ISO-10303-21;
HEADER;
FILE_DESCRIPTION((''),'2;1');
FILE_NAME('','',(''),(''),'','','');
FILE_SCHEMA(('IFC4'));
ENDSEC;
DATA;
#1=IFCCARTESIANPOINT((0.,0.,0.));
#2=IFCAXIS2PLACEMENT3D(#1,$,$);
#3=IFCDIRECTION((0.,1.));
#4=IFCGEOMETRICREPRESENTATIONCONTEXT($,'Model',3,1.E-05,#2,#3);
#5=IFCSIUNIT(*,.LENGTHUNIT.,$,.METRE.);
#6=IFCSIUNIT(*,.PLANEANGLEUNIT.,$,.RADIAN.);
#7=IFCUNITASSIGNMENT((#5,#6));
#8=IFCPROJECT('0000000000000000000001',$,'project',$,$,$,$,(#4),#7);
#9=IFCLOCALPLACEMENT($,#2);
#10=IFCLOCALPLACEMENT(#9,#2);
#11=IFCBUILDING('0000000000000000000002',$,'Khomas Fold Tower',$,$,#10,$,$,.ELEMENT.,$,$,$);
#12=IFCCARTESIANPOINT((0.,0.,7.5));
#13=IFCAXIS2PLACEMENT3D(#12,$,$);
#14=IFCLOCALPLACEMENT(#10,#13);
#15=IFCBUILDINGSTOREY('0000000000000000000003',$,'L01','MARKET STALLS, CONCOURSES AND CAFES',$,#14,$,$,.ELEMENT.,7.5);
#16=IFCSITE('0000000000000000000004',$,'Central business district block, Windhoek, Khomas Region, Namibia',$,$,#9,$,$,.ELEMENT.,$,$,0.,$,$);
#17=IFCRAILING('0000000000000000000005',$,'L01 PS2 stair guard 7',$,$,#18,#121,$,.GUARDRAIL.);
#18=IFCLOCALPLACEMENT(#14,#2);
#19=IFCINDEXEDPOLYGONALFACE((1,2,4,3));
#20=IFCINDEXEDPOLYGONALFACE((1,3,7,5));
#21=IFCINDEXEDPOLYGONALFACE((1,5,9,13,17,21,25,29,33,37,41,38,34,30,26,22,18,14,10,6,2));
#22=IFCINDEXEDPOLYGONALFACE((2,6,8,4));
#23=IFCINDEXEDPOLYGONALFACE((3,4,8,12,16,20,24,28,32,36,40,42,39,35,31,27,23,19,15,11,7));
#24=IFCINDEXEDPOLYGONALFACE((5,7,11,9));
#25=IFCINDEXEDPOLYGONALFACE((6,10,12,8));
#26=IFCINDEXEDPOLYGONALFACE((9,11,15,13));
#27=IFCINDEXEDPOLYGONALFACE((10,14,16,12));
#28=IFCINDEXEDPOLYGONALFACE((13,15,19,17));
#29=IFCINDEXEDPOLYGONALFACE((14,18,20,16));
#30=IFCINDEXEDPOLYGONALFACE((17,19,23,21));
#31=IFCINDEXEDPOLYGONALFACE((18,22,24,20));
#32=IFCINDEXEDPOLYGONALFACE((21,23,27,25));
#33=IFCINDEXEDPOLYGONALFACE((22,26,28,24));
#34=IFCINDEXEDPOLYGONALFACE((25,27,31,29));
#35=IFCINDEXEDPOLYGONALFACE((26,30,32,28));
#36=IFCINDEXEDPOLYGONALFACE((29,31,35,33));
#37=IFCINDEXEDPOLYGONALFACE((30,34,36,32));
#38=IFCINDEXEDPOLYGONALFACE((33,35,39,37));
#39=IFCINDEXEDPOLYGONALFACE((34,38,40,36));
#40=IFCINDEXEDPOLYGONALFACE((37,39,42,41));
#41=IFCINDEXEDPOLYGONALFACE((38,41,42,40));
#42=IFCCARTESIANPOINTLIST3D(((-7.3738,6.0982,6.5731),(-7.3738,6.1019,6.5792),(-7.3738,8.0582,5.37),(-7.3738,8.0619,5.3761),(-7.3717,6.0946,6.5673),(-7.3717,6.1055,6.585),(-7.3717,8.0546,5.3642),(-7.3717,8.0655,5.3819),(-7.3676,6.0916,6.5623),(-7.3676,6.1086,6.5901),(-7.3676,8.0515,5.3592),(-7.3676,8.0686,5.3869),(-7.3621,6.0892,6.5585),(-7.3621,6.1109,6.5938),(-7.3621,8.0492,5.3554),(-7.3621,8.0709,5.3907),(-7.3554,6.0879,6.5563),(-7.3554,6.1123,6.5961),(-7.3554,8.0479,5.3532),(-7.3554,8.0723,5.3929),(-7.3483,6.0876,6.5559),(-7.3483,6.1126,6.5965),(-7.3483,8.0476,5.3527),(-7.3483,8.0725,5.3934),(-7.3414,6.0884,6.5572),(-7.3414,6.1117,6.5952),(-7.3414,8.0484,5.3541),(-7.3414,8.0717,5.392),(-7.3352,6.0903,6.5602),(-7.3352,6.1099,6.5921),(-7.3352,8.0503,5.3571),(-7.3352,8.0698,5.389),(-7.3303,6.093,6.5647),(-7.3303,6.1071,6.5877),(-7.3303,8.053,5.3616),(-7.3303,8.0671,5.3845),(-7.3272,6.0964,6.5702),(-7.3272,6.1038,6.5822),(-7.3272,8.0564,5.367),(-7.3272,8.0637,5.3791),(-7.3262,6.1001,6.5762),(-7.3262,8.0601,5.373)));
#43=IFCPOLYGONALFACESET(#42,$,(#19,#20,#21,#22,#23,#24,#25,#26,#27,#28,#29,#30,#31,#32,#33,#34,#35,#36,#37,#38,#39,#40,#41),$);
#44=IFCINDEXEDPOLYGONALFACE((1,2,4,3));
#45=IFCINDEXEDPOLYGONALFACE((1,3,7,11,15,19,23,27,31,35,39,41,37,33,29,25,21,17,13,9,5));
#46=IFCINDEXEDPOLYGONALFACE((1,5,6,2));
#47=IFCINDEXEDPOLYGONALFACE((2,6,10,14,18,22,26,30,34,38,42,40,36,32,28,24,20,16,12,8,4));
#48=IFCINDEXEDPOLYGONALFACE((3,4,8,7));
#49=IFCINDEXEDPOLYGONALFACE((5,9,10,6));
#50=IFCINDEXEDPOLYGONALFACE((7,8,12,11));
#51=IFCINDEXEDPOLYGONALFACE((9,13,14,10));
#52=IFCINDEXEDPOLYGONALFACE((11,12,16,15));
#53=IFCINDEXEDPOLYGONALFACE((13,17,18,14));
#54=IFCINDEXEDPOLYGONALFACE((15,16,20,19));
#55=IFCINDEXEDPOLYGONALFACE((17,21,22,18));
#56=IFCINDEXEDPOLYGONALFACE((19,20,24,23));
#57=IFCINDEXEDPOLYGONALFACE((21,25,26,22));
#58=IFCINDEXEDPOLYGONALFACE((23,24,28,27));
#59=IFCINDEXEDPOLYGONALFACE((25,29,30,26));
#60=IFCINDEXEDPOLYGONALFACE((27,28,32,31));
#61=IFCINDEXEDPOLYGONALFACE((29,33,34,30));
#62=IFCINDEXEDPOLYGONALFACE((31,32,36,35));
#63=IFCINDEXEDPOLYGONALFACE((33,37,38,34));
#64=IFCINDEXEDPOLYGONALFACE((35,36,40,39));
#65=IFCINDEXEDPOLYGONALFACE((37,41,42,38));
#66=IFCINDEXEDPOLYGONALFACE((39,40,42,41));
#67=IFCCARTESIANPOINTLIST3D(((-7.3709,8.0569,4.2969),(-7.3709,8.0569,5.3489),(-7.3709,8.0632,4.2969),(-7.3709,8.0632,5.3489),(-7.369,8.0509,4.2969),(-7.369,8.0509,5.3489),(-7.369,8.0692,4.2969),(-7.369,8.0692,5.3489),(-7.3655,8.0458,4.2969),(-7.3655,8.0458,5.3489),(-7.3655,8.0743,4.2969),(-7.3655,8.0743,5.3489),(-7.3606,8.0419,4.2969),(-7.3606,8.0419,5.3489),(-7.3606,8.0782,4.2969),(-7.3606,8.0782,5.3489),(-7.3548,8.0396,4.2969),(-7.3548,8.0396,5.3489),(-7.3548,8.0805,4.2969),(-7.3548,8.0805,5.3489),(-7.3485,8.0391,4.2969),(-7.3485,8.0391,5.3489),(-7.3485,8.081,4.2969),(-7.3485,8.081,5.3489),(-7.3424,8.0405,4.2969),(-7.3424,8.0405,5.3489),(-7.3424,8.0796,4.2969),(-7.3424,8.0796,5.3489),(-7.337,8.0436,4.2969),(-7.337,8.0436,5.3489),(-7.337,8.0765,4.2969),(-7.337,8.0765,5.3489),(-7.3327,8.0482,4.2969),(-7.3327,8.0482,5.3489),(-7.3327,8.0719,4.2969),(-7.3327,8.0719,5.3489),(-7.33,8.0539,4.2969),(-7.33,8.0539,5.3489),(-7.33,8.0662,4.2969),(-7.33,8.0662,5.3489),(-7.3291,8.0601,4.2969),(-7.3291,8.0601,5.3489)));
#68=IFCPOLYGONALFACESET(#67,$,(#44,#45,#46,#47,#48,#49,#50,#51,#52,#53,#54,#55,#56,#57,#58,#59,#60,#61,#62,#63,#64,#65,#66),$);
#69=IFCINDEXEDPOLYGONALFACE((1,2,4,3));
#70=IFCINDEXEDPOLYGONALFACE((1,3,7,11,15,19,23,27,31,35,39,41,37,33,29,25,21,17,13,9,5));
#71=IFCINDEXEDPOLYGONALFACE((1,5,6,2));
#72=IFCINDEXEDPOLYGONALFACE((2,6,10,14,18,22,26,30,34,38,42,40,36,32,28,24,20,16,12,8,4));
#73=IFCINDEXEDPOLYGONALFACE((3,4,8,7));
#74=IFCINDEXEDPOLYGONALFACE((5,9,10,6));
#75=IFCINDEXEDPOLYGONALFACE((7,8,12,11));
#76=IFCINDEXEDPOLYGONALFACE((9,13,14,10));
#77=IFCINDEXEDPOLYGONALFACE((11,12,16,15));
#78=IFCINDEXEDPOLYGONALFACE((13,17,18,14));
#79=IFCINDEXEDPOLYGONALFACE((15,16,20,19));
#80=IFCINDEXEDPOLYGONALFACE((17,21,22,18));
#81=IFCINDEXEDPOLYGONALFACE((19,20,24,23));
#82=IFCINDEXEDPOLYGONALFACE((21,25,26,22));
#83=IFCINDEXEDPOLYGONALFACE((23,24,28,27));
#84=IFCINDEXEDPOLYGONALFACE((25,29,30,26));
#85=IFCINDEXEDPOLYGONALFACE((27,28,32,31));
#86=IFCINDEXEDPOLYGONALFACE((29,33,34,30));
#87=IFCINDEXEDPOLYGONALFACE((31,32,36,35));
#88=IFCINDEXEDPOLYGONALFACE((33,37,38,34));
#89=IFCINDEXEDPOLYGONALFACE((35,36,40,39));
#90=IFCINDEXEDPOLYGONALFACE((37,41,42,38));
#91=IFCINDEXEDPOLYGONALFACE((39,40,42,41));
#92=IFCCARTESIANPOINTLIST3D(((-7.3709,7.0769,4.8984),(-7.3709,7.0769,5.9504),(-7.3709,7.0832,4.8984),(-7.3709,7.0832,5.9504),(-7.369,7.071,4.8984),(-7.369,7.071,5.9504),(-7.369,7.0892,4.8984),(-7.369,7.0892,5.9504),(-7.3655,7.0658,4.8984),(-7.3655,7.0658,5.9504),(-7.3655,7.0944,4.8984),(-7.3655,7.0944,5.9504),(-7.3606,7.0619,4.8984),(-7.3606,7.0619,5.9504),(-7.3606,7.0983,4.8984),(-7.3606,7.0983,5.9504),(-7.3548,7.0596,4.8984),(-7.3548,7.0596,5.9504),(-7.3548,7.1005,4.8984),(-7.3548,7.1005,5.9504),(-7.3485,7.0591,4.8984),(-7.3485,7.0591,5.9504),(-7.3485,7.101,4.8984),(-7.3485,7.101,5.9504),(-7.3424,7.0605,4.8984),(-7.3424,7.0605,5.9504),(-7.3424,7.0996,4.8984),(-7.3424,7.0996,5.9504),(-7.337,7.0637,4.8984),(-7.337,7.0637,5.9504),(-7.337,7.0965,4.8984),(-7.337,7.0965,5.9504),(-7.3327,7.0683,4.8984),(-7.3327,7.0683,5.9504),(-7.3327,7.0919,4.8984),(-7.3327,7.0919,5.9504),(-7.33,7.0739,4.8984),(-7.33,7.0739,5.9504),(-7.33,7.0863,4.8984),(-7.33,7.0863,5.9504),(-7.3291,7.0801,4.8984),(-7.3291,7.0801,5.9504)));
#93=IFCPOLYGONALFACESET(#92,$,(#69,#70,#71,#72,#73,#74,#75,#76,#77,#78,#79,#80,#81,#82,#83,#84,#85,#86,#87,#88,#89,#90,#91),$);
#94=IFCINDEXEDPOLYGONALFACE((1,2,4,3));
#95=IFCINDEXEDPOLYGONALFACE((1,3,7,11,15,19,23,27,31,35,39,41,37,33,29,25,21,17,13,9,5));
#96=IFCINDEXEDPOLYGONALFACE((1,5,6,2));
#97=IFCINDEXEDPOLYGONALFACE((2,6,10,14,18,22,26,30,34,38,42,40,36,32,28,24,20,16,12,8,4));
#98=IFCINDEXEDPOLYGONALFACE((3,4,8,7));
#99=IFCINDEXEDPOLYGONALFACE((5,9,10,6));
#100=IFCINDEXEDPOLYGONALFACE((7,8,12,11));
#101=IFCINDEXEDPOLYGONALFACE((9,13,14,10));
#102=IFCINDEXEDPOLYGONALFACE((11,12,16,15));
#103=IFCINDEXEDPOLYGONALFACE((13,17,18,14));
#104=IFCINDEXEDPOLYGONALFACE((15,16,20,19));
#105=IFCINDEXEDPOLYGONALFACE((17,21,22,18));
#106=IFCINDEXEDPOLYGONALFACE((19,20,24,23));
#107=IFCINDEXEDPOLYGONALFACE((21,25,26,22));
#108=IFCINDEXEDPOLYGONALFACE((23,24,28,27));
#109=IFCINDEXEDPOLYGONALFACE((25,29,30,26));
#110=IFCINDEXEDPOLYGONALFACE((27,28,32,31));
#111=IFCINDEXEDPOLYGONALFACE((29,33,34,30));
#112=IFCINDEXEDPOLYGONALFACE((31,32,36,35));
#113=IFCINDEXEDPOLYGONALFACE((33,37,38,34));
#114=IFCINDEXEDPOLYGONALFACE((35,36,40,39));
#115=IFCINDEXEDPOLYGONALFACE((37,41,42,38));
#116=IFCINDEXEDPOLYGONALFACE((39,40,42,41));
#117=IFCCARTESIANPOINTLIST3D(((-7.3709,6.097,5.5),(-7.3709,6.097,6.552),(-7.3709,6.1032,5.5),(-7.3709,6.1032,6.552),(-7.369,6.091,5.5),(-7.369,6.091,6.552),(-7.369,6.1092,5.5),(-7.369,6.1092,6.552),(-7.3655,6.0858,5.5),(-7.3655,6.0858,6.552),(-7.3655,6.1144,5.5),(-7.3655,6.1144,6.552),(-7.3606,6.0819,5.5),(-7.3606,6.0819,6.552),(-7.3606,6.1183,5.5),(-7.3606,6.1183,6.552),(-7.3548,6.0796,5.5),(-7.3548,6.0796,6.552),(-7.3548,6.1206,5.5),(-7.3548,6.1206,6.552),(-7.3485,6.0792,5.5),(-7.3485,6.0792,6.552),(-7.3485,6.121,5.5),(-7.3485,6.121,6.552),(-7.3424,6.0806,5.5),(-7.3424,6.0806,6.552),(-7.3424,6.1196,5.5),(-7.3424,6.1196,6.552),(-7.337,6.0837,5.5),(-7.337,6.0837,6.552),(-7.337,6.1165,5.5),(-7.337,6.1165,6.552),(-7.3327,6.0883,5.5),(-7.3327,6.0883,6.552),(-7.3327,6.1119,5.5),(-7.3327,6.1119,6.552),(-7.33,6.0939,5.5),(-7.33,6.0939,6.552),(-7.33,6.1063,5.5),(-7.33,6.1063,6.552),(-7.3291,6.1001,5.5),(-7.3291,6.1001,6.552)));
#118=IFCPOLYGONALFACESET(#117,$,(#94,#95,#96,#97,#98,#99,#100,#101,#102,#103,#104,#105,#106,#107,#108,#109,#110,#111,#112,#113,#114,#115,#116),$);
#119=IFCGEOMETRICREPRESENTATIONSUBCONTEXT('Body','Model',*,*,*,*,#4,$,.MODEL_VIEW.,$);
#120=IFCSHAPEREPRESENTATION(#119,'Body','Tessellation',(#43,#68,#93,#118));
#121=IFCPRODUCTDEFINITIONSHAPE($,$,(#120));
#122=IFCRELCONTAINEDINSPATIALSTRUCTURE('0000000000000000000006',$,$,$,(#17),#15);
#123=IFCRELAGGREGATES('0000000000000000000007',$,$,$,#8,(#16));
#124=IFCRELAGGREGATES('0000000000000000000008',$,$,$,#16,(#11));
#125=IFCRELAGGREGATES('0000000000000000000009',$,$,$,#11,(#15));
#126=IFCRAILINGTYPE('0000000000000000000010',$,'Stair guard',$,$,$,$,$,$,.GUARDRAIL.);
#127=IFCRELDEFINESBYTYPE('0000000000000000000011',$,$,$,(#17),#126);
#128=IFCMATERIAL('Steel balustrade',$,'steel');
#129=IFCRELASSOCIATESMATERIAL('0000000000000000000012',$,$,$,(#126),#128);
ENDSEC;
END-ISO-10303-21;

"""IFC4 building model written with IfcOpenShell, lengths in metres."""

from ifc_helpers import new_model, si_unit, direction, frame, origin, origin_2d, place, context, subcontext, project, spatial, circle, extrude, source, transform, mapped, material, type_object, element, save


model = new_model("IFC4")

# Units and contexts
model_context = context("Model", 3, precision=1e-05, world=origin(), true_north=direction((0.0, 1.0)))
body_context = subcontext(model_context, "Body", "Model", "MODEL_VIEW")
ifc_project = project(units=[si_unit("LENGTHUNIT", "METRE"), si_unit("PLANEANGLEUNIT", "RADIAN")], contexts=[model_context])

# Site, building, storey
site_placement = place(None, origin())
site = spatial("IfcSite", under=ifc_project, at=site_placement, Name="Central business district block, Windhoek, Khomas Region, Namibia", CompositionType="ELEMENT", RefElevation=0.0)
building_placement = place(site_placement, origin())
building = spatial("IfcBuilding", under=site, at=building_placement, Name="Khomas Fold Tower", CompositionType="ELEMENT")
storey_placement = place(building_placement, frame((0.0, 0.0, 7.5)))
storey = spatial("IfcBuildingStorey", under=building, at=storey_placement, Name="L01", Description="MARKET STALLS, CONCOURSES AND CAFES", CompositionType="ELEMENT", Elevation=7.5)

# Railing
ifc_material_1 = material(Name="Steel balustrade", Category="steel")
railing_type_1 = type_object("IfcRailingType", Name="Stair guard", PredefinedType="GUARDRAIL", material=ifc_material_1)
shared_shape_1 = source(origin(), body_context, "Body", "SweptSolid", [
    extrude(circle(Radius=0.0239, at=origin_2d()), frame((0.0, 0.0, 1.0762), z_axis=(0.0, -0.852241, 0.523149), x_axis=(1.0, 0.0, 0.0)), (0.0, 0.0, 1.0), 2.2998),
    extrude(circle(Radius=0.021, at=origin_2d()), origin(), (0.0, 0.0, 1.0), 1.052),
    extrude(circle(Radius=0.021, at=origin_2d()), frame((0.0, -0.98, 0.6016)), (0.0, 0.0, 1.0), 1.052),
    extrude(circle(Radius=0.021, at=origin_2d()), frame((0.0, -1.96, 1.2031)), (0.0, 0.0, 1.0), 1.052),
])
for number, where, name in (
    (1, (-7.3501, 8.0601, 4.2969), "L01 PS2 stair guard 7"),
):
    element("IfcRailing", number, at=place(storey_placement, frame(where)), inside=storey, type_object=railing_type_1, Name=name, PredefinedType="GUARDRAIL", context=body_context, shape_type="MappedRepresentation", body=[
        mapped(shared_shape_1, transform((0.0, 0.0, 0.0))),
    ])

save(model, "model.ifc")
